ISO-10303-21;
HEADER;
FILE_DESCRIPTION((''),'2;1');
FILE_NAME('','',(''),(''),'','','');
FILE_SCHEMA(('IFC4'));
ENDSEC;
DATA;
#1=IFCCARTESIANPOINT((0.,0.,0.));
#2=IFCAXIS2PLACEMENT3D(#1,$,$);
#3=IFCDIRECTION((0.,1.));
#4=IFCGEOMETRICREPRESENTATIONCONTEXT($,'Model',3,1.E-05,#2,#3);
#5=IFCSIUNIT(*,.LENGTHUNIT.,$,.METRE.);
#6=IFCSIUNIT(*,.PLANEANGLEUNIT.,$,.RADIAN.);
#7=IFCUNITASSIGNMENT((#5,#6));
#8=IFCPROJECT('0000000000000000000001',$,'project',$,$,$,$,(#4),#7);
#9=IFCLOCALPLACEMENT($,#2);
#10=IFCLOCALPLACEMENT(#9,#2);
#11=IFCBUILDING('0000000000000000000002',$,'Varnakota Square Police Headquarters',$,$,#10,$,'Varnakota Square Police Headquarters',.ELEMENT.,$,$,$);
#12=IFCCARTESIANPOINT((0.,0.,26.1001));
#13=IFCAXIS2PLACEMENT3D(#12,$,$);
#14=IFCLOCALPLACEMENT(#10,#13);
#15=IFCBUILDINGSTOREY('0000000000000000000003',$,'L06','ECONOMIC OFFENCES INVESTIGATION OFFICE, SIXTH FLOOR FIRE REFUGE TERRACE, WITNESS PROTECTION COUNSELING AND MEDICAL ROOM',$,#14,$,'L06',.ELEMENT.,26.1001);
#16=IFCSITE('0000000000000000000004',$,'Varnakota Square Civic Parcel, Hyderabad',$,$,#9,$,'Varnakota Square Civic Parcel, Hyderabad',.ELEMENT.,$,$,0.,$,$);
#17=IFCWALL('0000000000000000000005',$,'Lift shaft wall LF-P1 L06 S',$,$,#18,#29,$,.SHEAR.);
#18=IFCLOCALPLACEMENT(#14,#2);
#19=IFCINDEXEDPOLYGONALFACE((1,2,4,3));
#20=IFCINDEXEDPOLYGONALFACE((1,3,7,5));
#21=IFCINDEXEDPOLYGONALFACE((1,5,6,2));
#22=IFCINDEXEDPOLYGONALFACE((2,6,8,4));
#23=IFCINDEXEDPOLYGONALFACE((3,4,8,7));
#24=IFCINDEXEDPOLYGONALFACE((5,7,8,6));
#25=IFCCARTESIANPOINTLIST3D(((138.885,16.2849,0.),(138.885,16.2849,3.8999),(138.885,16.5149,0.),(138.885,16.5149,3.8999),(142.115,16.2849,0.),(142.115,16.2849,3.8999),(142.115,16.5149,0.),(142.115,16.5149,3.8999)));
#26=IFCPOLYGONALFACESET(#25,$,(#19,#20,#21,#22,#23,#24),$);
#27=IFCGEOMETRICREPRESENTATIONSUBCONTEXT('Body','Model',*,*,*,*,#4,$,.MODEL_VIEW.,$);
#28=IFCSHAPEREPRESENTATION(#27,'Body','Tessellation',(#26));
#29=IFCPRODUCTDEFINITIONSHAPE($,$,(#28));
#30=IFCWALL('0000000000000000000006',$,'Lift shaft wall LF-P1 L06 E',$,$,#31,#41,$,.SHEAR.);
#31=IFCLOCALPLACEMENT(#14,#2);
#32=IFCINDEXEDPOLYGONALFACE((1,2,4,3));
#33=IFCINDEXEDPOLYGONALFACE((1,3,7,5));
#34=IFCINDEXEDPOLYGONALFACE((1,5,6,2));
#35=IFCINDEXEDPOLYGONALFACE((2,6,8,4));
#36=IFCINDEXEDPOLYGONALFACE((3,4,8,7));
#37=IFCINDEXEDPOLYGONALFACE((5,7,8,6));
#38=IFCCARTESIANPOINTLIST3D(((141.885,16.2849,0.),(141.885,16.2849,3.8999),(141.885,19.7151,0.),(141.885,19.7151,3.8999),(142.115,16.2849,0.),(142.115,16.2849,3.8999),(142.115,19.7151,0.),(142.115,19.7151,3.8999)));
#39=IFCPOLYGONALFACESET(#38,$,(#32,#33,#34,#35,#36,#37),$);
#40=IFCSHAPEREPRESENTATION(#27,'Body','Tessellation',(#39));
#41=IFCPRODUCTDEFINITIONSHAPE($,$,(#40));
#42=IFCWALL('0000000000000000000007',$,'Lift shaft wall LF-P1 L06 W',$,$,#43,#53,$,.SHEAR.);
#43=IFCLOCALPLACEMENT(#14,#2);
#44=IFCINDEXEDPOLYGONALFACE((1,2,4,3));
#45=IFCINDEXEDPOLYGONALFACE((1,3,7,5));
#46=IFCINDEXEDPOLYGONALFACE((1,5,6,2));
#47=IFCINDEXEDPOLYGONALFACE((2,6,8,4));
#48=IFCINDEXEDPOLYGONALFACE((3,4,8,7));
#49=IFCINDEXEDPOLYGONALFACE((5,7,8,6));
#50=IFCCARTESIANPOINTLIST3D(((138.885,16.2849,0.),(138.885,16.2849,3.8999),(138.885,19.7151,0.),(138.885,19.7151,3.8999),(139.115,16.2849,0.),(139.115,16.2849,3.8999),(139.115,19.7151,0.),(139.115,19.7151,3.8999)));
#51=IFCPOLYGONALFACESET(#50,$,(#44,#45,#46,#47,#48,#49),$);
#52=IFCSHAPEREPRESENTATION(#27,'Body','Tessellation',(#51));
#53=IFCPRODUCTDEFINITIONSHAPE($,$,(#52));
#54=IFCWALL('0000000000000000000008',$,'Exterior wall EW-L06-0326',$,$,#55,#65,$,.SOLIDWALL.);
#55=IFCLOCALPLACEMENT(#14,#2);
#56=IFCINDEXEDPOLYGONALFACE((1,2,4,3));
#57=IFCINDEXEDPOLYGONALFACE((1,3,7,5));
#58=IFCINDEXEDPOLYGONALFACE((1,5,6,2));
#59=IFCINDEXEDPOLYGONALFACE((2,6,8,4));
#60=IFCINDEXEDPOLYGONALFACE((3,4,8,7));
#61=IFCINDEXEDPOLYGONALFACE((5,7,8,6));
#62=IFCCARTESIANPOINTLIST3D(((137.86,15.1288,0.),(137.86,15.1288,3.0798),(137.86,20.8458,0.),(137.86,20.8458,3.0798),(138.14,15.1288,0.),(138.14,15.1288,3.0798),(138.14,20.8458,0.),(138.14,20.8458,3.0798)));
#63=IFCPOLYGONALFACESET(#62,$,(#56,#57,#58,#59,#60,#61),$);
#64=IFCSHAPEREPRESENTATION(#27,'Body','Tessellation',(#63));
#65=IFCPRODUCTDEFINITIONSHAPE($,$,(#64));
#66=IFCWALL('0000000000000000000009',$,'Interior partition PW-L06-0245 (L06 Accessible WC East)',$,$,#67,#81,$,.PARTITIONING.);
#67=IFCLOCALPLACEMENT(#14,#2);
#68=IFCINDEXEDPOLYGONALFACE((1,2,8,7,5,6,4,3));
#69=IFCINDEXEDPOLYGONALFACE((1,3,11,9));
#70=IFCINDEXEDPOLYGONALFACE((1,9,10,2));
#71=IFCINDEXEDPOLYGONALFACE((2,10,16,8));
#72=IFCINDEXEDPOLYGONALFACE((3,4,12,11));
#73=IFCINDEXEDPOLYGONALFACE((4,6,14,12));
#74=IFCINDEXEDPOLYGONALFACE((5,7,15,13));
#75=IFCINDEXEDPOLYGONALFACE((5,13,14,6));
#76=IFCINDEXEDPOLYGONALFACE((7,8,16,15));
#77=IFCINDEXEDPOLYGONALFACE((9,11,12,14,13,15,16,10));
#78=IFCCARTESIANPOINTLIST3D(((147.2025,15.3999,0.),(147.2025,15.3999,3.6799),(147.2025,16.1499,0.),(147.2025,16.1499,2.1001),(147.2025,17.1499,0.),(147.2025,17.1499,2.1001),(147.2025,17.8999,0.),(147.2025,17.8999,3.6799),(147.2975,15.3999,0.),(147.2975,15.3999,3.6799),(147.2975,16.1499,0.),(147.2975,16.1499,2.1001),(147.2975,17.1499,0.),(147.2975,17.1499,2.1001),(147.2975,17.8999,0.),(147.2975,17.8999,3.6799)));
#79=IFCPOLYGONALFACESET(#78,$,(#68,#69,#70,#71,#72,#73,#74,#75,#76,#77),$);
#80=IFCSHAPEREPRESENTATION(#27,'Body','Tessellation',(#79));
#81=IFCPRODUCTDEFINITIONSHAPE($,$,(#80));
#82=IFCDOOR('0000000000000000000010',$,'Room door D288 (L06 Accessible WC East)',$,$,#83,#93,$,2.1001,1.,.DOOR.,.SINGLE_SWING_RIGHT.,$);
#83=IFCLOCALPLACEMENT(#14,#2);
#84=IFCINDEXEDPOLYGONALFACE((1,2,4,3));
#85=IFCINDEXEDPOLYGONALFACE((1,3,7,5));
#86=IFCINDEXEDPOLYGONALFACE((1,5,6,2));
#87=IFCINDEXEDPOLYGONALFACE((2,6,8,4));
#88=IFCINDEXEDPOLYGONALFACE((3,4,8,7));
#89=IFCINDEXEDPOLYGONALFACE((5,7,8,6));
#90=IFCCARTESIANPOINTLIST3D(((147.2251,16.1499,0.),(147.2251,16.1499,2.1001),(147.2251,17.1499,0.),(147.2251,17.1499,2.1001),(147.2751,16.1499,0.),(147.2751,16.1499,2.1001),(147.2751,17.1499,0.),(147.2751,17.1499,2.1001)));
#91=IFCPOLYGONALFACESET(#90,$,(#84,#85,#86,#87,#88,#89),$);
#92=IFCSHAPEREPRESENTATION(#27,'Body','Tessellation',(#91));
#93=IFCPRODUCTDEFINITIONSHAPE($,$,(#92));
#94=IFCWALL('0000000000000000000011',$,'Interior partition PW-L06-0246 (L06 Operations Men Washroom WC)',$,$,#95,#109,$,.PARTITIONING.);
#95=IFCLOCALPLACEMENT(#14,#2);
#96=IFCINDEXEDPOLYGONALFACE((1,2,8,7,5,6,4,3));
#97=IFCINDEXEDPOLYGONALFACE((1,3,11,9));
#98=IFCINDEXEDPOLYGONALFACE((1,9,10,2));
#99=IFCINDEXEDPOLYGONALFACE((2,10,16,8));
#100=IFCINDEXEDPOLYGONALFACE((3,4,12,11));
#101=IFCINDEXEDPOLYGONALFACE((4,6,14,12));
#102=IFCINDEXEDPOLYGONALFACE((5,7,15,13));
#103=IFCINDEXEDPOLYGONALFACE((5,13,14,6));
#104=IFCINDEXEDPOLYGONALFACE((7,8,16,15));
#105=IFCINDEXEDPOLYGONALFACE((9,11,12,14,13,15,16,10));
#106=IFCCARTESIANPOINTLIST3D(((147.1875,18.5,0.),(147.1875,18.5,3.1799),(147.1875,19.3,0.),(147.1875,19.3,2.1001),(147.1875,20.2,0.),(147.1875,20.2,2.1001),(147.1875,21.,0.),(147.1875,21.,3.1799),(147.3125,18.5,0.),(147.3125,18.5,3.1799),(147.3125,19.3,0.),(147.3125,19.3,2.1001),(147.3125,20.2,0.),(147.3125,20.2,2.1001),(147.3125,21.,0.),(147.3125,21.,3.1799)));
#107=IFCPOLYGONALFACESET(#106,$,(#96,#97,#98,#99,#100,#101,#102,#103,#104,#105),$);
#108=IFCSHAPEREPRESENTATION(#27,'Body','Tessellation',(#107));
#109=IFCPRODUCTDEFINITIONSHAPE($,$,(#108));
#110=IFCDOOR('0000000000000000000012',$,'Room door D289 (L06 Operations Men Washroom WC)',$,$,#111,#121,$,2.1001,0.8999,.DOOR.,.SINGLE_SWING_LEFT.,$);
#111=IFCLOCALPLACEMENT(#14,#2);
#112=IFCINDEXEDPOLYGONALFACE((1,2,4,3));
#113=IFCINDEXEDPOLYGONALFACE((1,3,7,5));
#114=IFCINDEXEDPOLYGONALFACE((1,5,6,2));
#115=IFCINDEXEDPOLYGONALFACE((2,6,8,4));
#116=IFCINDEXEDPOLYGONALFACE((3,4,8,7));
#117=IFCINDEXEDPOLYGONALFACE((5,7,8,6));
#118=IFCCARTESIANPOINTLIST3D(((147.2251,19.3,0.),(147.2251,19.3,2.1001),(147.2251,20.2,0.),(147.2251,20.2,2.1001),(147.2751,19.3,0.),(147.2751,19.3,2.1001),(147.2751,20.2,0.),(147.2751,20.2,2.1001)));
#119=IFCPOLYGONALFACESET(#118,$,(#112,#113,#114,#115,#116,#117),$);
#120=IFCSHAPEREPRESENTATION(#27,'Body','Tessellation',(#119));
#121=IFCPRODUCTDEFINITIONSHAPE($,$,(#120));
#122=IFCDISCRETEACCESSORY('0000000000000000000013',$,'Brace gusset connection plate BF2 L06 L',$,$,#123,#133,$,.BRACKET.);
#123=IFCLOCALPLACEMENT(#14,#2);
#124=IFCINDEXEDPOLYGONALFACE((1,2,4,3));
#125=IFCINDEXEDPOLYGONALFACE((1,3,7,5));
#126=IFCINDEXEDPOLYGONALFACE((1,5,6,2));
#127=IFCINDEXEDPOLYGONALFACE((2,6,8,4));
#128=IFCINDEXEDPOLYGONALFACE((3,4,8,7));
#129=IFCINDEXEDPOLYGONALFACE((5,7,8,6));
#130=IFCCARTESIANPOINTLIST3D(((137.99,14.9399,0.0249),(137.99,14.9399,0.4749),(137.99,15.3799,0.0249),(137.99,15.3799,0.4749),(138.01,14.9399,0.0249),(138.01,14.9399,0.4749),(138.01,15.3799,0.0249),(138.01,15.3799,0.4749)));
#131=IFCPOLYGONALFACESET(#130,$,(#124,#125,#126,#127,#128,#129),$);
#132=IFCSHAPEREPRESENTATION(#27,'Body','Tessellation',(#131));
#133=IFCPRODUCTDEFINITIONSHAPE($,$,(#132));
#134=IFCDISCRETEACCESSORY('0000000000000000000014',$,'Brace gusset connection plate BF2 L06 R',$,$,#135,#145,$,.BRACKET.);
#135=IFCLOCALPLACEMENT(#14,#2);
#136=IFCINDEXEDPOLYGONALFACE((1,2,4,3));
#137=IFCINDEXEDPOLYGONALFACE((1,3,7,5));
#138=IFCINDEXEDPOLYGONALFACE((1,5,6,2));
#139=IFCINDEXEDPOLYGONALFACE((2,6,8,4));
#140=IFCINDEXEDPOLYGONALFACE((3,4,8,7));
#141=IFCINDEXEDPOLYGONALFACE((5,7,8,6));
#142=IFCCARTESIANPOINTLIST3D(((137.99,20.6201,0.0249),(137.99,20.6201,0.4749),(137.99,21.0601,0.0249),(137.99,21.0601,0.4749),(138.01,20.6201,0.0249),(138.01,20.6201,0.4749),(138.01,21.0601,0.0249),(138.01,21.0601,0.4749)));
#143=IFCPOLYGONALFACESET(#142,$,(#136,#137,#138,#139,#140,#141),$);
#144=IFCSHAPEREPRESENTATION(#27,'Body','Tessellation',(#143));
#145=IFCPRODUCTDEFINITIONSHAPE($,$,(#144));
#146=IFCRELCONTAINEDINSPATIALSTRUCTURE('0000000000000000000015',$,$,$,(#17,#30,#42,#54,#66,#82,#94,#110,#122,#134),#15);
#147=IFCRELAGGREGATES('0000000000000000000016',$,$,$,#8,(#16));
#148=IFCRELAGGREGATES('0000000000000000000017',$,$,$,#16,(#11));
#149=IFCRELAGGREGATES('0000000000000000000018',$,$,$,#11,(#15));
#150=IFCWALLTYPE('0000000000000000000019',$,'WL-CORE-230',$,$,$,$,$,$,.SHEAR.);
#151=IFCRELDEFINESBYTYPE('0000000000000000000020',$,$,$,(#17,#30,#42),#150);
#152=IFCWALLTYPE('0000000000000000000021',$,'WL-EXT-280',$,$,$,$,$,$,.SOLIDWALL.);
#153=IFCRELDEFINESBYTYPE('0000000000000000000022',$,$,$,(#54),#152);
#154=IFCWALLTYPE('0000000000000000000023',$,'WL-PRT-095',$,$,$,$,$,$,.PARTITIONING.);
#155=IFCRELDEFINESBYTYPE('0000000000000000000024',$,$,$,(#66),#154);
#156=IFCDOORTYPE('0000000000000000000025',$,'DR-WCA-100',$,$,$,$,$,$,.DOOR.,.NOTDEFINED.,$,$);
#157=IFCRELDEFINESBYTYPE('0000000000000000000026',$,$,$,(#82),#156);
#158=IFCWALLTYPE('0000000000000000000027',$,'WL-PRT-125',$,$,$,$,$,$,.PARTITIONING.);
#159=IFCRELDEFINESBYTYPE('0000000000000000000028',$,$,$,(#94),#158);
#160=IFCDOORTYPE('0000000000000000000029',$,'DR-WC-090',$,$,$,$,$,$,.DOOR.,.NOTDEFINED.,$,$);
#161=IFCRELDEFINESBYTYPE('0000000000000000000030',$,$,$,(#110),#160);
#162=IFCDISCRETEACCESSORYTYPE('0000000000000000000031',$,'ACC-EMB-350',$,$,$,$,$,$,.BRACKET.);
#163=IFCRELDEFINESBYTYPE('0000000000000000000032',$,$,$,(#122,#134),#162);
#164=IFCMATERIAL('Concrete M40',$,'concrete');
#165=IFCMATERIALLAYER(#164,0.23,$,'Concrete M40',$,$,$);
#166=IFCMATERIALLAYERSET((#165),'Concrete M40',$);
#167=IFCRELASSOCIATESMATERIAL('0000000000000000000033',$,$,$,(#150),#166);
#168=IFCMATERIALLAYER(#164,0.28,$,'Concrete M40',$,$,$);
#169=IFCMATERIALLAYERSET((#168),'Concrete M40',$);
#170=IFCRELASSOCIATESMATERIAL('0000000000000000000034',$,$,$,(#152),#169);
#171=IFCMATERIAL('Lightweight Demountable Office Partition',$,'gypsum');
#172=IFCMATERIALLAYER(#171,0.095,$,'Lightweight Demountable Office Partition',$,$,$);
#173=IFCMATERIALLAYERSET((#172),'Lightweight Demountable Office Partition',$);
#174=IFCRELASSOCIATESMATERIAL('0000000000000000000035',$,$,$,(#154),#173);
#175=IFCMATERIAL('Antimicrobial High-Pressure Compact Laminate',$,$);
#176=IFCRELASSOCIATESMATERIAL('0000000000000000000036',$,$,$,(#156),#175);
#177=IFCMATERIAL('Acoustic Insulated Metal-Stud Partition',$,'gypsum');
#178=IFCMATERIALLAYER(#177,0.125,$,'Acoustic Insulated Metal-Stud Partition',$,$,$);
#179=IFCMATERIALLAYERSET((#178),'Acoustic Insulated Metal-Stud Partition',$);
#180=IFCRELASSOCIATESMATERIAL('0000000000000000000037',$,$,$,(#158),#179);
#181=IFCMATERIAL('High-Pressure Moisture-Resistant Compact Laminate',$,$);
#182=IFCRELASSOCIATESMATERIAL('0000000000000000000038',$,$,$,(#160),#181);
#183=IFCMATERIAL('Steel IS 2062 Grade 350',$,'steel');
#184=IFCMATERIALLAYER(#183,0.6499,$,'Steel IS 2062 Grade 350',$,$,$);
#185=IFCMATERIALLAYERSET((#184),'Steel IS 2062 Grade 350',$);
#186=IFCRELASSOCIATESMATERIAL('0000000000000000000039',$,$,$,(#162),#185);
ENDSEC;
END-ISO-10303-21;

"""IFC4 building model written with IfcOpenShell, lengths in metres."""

from ifc_helpers import new_model, si_unit, direction, frame, frame_2d, origin, origin_2d, place, context, subcontext, project, spatial, rectangle, extrude, material, layer, layer_set, type_object, element, fill, save


model = new_model("IFC4")

# Units and contexts
model_context = context("Model", 3, precision=1e-05, world=origin(), true_north=direction((0.0, 1.0)))
body_context = subcontext(model_context, "Body", "Model", "MODEL_VIEW")
ifc_project = project(units=[si_unit("LENGTHUNIT", "METRE"), si_unit("PLANEANGLEUNIT", "RADIAN")], contexts=[model_context])

# Site, building, storey
site_placement = place(None, origin())
site = spatial("IfcSite", under=ifc_project, at=site_placement, Name="Varnakota Square Civic Parcel, Hyderabad", LongName="Varnakota Square Civic Parcel, Hyderabad", CompositionType="ELEMENT", RefElevation=0.0)
building_placement = place(site_placement, origin())
building = spatial("IfcBuilding", under=site, at=building_placement, Name="Varnakota Square Police Headquarters", LongName="Varnakota Square Police Headquarters", CompositionType="ELEMENT")
storey_placement = place(building_placement, frame((0.0, 0.0, 26.1001)))
storey = spatial("IfcBuildingStorey", under=building, at=storey_placement, Name="L06", Description="ECONOMIC OFFENCES INVESTIGATION OFFICE, SIXTH FLOOR FIRE REFUGE TERRACE, WITNESS PROTECTION COUNSELING AND MEDICAL ROOM", LongName="L06", CompositionType="ELEMENT", Elevation=26.1001)

# Shared definitions
ifc_material_1 = material(Name="Steel IS 2062 Grade 350", Category="steel")

# Walls
ifc_material_2 = material(Name="Concrete M40", Category="concrete")
ifc_layer_1 = layer(ifc_material_2, 0.23, Name="Concrete M40")
ifc_layer_set_1 = layer_set([ifc_layer_1], Name="Concrete M40")
wall_type_1 = type_object("IfcWallType", Name="WL-CORE-230", PredefinedType="SHEAR", material=ifc_layer_set_1)
wall_1_placement = place(storey_placement, frame((138.885, 16.3999, 0.0), z_axis=(0.0, 0.0, 1.0), x_axis=(1.0, 0.0, 0.0)))
element("IfcWall", 1, at=wall_1_placement, inside=storey, type_object=wall_type_1, Name="Lift shaft wall LF-P1 L06 S", PredefinedType="SHEAR", context=body_context, shape_type="SweptSolid", body=[
    extrude(rectangle(XDim=3.23, YDim=0.23, at=frame_2d((1.615, 0.0))), origin(), (0.0, 0.0, 1.0), 3.8999),
])
wall_2_placement = place(storey_placement, frame((142.0, 16.2849, 0.0), z_axis=(0.0, 0.0, 1.0), x_axis=(0.0, 1.0, 0.0)))
element("IfcWall", 2, at=wall_2_placement, inside=storey, type_object=wall_type_1, Name="Lift shaft wall LF-P1 L06 E", PredefinedType="SHEAR", context=body_context, shape_type="SweptSolid", body=[
    extrude(rectangle(XDim=3.4302, YDim=0.23, at=frame_2d((1.7151, 0.0))), origin(), (0.0, 0.0, 1.0), 3.8999),
])

# Walls
wall_3_placement = place(storey_placement, frame((139.0, 19.7151, 0.0), z_axis=(0.0, 0.0, 1.0), x_axis=(0.0, -1.0, 0.0)))
element("IfcWall", 3, at=wall_3_placement, inside=storey, type_object=wall_type_1, Name="Lift shaft wall LF-P1 L06 W", PredefinedType="SHEAR", context=body_context, shape_type="SweptSolid", body=[
    extrude(rectangle(XDim=3.4302, YDim=0.23, at=frame_2d((1.7151, 0.0))), origin(), (0.0, 0.0, 1.0), 3.8999),
])
ifc_layer_2 = layer(ifc_material_2, 0.28, Name="Concrete M40")
ifc_layer_set_2 = layer_set([ifc_layer_2], Name="Concrete M40")
wall_type_2 = type_object("IfcWallType", Name="WL-EXT-280", PredefinedType="SOLIDWALL", material=ifc_layer_set_2)
wall_4_placement = place(storey_placement, frame((138.0, 15.1289, 0.0), z_axis=(0.0, 0.0, 1.0), x_axis=(0.0, 1.0, 0.0)))
element("IfcWall", 4, at=wall_4_placement, inside=storey, type_object=wall_type_2, Name="Exterior wall EW-L06-0326", PredefinedType="SOLIDWALL", context=body_context, shape_type="SweptSolid", body=[
    extrude(rectangle(XDim=5.717, YDim=0.28, at=frame_2d((2.8584, 0.0))), origin(), (0.0, 0.0, 1.0), 3.0798),
])

# Walls, openings, doors
ifc_material_3 = material(Name="Lightweight Demountable Office Partition", Category="gypsum")
ifc_layer_3 = layer(ifc_material_3, 0.095, Name="Lightweight Demountable Office Partition")
ifc_layer_set_3 = layer_set([ifc_layer_3], Name="Lightweight Demountable Office Partition")
wall_type_3 = type_object("IfcWallType", Name="WL-PRT-095", PredefinedType="PARTITIONING", material=ifc_layer_set_3)
wall_5_placement = place(storey_placement, frame((147.25, 15.3999, 0.0), z_axis=(0.0, 0.0, 1.0), x_axis=(0.0, 1.0, 0.0)))
wall_5 = element("IfcWall", 5, at=wall_5_placement, inside=storey, type_object=wall_type_3, Name="Interior partition PW-L06-0245 (L06 Accessible WC East)", PredefinedType="PARTITIONING", context=body_context, shape_type="SweptSolid", body=[
    extrude(rectangle(XDim=2.5, YDim=0.095, at=frame_2d((1.25, 0.0))), origin(), (0.0, 0.0, 1.0), 3.6799),
])
opening_1_placement = place(wall_5_placement, frame((0.75, 0.0, 0.0)))
opening_1 = element("IfcOpeningElement", 6, at=opening_1_placement, cuts=wall_5, PredefinedType="OPENING", context=body_context, shape_type="SweptSolid", body=[
    extrude(rectangle(XDim=1.0, YDim=2.1001, at=frame_2d((0.5, 1.05))), frame((0.0, 0.0574, 0.0), z_axis=(0.0, -1.0, 0.0), x_axis=(1.0, 0.0, 0.0)), (0.0, 0.0, 1.0), 0.115),
])
ifc_material_4 = material(Name="Antimicrobial High-Pressure Compact Laminate")
door_type_1 = type_object("IfcDoorType", Name="DR-WCA-100", OperationType="NOTDEFINED", PredefinedType="DOOR", material=ifc_material_4)
door_1_placement = place(opening_1_placement, origin())
door_1 = element("IfcDoor", 7, at=door_1_placement, inside=storey, type_object=door_type_1, Name="Room door D288 (L06 Accessible WC East)", OperationType="SINGLE_SWING_RIGHT", OverallHeight=2.1001, OverallWidth=1.0, PredefinedType="DOOR", context=body_context, shape_type="SweptSolid", body=[
    extrude(rectangle(XDim=1.0, YDim=2.1001, at=frame_2d((0.5, 1.05))), frame((0.0, 0.0249, 0.0), z_axis=(0.0, -1.0, 0.0), x_axis=(1.0, 0.0, 0.0)), (0.0, 0.0, 1.0), 0.05),
])
fill(opening_1, door_1)
ifc_material_5 = material(Name="Acoustic Insulated Metal-Stud Partition", Category="gypsum")
ifc_layer_4 = layer(ifc_material_5, 0.125, Name="Acoustic Insulated Metal-Stud Partition")
ifc_layer_set_4 = layer_set([ifc_layer_4], Name="Acoustic Insulated Metal-Stud Partition")
wall_type_4 = type_object("IfcWallType", Name="WL-PRT-125", PredefinedType="PARTITIONING", material=ifc_layer_set_4)
wall_6_placement = place(storey_placement, frame((147.25, 18.5, 0.0), z_axis=(0.0, 0.0, 1.0), x_axis=(0.0, 1.0, 0.0)))
wall_6 = element("IfcWall", 8, at=wall_6_placement, inside=storey, type_object=wall_type_4, Name="Interior partition PW-L06-0246 (L06 Operations Men Washroom WC)", PredefinedType="PARTITIONING", context=body_context, shape_type="SweptSolid", body=[
    extrude(rectangle(XDim=2.5, YDim=0.125, at=frame_2d((1.25, 0.0))), origin(), (0.0, 0.0, 1.0), 3.1799),
])
opening_2_placement = place(wall_6_placement, frame((0.8, 0.0, 0.0)))
opening_2 = element("IfcOpeningElement", 9, at=opening_2_placement, cuts=wall_6, PredefinedType="OPENING", context=body_context, shape_type="SweptSolid", body=[
    extrude(rectangle(XDim=0.8999, YDim=2.1001, at=frame_2d((0.45, 1.05))), frame((0.0, 0.0725, 0.0), z_axis=(0.0, -1.0, 0.0), x_axis=(1.0, 0.0, 0.0)), (0.0, 0.0, 1.0), 0.145),
])
ifc_material_6 = material(Name="High-Pressure Moisture-Resistant Compact Laminate")
door_type_2 = type_object("IfcDoorType", Name="DR-WC-090", OperationType="NOTDEFINED", PredefinedType="DOOR", material=ifc_material_6)
door_2_placement = place(opening_2_placement, origin())
door_2 = element("IfcDoor", 10, at=door_2_placement, inside=storey, type_object=door_type_2, Name="Room door D289 (L06 Operations Men Washroom WC)", OperationType="SINGLE_SWING_LEFT", OverallHeight=2.1001, OverallWidth=0.8999, PredefinedType="DOOR", context=body_context, shape_type="SweptSolid", body=[
    extrude(rectangle(XDim=0.8999, YDim=2.1001, at=frame_2d((0.45, 1.05))), frame((0.0, 0.0249, 0.0), z_axis=(0.0, -1.0, 0.0), x_axis=(1.0, 0.0, 0.0)), (0.0, 0.0, 1.0), 0.05),
])
fill(opening_2, door_2)

# Discrete accessories
ifc_layer_5 = layer(ifc_material_1, 0.6499, Name="Steel IS 2062 Grade 350")
ifc_layer_set_5 = layer_set([ifc_layer_5], Name="Steel IS 2062 Grade 350")
discrete_accessory_type = type_object("IfcDiscreteAccessoryType", Name="ACC-EMB-350", PredefinedType="BRACKET", material=ifc_layer_set_5)
for number, where, z_axis, x_axis, name in (
    (11, (138.0, 15.1599, 0.0249), (0.0, 0.0, 1.0), (0.0, 1.0, 0.0), "Brace gusset connection plate BF2 L06 L"),
    (12, (138.0, 20.8401, 0.0249), (0.0, 0.0, 1.0), (0.0, 1.0, 0.0), "Brace gusset connection plate BF2 L06 R"),
):
    element("IfcDiscreteAccessory", number, at=place(storey_placement, frame(where, z_axis=z_axis, x_axis=x_axis)), inside=storey, type_object=discrete_accessory_type, Name=name, PredefinedType="BRACKET", context=body_context, shape_type="SweptSolid", body=[
        extrude(rectangle(XDim=0.4399, YDim=0.02, at=origin_2d()), origin(), (0.0, 0.0, 1.0), 0.45),
    ])

save(model, "model.ifc")
